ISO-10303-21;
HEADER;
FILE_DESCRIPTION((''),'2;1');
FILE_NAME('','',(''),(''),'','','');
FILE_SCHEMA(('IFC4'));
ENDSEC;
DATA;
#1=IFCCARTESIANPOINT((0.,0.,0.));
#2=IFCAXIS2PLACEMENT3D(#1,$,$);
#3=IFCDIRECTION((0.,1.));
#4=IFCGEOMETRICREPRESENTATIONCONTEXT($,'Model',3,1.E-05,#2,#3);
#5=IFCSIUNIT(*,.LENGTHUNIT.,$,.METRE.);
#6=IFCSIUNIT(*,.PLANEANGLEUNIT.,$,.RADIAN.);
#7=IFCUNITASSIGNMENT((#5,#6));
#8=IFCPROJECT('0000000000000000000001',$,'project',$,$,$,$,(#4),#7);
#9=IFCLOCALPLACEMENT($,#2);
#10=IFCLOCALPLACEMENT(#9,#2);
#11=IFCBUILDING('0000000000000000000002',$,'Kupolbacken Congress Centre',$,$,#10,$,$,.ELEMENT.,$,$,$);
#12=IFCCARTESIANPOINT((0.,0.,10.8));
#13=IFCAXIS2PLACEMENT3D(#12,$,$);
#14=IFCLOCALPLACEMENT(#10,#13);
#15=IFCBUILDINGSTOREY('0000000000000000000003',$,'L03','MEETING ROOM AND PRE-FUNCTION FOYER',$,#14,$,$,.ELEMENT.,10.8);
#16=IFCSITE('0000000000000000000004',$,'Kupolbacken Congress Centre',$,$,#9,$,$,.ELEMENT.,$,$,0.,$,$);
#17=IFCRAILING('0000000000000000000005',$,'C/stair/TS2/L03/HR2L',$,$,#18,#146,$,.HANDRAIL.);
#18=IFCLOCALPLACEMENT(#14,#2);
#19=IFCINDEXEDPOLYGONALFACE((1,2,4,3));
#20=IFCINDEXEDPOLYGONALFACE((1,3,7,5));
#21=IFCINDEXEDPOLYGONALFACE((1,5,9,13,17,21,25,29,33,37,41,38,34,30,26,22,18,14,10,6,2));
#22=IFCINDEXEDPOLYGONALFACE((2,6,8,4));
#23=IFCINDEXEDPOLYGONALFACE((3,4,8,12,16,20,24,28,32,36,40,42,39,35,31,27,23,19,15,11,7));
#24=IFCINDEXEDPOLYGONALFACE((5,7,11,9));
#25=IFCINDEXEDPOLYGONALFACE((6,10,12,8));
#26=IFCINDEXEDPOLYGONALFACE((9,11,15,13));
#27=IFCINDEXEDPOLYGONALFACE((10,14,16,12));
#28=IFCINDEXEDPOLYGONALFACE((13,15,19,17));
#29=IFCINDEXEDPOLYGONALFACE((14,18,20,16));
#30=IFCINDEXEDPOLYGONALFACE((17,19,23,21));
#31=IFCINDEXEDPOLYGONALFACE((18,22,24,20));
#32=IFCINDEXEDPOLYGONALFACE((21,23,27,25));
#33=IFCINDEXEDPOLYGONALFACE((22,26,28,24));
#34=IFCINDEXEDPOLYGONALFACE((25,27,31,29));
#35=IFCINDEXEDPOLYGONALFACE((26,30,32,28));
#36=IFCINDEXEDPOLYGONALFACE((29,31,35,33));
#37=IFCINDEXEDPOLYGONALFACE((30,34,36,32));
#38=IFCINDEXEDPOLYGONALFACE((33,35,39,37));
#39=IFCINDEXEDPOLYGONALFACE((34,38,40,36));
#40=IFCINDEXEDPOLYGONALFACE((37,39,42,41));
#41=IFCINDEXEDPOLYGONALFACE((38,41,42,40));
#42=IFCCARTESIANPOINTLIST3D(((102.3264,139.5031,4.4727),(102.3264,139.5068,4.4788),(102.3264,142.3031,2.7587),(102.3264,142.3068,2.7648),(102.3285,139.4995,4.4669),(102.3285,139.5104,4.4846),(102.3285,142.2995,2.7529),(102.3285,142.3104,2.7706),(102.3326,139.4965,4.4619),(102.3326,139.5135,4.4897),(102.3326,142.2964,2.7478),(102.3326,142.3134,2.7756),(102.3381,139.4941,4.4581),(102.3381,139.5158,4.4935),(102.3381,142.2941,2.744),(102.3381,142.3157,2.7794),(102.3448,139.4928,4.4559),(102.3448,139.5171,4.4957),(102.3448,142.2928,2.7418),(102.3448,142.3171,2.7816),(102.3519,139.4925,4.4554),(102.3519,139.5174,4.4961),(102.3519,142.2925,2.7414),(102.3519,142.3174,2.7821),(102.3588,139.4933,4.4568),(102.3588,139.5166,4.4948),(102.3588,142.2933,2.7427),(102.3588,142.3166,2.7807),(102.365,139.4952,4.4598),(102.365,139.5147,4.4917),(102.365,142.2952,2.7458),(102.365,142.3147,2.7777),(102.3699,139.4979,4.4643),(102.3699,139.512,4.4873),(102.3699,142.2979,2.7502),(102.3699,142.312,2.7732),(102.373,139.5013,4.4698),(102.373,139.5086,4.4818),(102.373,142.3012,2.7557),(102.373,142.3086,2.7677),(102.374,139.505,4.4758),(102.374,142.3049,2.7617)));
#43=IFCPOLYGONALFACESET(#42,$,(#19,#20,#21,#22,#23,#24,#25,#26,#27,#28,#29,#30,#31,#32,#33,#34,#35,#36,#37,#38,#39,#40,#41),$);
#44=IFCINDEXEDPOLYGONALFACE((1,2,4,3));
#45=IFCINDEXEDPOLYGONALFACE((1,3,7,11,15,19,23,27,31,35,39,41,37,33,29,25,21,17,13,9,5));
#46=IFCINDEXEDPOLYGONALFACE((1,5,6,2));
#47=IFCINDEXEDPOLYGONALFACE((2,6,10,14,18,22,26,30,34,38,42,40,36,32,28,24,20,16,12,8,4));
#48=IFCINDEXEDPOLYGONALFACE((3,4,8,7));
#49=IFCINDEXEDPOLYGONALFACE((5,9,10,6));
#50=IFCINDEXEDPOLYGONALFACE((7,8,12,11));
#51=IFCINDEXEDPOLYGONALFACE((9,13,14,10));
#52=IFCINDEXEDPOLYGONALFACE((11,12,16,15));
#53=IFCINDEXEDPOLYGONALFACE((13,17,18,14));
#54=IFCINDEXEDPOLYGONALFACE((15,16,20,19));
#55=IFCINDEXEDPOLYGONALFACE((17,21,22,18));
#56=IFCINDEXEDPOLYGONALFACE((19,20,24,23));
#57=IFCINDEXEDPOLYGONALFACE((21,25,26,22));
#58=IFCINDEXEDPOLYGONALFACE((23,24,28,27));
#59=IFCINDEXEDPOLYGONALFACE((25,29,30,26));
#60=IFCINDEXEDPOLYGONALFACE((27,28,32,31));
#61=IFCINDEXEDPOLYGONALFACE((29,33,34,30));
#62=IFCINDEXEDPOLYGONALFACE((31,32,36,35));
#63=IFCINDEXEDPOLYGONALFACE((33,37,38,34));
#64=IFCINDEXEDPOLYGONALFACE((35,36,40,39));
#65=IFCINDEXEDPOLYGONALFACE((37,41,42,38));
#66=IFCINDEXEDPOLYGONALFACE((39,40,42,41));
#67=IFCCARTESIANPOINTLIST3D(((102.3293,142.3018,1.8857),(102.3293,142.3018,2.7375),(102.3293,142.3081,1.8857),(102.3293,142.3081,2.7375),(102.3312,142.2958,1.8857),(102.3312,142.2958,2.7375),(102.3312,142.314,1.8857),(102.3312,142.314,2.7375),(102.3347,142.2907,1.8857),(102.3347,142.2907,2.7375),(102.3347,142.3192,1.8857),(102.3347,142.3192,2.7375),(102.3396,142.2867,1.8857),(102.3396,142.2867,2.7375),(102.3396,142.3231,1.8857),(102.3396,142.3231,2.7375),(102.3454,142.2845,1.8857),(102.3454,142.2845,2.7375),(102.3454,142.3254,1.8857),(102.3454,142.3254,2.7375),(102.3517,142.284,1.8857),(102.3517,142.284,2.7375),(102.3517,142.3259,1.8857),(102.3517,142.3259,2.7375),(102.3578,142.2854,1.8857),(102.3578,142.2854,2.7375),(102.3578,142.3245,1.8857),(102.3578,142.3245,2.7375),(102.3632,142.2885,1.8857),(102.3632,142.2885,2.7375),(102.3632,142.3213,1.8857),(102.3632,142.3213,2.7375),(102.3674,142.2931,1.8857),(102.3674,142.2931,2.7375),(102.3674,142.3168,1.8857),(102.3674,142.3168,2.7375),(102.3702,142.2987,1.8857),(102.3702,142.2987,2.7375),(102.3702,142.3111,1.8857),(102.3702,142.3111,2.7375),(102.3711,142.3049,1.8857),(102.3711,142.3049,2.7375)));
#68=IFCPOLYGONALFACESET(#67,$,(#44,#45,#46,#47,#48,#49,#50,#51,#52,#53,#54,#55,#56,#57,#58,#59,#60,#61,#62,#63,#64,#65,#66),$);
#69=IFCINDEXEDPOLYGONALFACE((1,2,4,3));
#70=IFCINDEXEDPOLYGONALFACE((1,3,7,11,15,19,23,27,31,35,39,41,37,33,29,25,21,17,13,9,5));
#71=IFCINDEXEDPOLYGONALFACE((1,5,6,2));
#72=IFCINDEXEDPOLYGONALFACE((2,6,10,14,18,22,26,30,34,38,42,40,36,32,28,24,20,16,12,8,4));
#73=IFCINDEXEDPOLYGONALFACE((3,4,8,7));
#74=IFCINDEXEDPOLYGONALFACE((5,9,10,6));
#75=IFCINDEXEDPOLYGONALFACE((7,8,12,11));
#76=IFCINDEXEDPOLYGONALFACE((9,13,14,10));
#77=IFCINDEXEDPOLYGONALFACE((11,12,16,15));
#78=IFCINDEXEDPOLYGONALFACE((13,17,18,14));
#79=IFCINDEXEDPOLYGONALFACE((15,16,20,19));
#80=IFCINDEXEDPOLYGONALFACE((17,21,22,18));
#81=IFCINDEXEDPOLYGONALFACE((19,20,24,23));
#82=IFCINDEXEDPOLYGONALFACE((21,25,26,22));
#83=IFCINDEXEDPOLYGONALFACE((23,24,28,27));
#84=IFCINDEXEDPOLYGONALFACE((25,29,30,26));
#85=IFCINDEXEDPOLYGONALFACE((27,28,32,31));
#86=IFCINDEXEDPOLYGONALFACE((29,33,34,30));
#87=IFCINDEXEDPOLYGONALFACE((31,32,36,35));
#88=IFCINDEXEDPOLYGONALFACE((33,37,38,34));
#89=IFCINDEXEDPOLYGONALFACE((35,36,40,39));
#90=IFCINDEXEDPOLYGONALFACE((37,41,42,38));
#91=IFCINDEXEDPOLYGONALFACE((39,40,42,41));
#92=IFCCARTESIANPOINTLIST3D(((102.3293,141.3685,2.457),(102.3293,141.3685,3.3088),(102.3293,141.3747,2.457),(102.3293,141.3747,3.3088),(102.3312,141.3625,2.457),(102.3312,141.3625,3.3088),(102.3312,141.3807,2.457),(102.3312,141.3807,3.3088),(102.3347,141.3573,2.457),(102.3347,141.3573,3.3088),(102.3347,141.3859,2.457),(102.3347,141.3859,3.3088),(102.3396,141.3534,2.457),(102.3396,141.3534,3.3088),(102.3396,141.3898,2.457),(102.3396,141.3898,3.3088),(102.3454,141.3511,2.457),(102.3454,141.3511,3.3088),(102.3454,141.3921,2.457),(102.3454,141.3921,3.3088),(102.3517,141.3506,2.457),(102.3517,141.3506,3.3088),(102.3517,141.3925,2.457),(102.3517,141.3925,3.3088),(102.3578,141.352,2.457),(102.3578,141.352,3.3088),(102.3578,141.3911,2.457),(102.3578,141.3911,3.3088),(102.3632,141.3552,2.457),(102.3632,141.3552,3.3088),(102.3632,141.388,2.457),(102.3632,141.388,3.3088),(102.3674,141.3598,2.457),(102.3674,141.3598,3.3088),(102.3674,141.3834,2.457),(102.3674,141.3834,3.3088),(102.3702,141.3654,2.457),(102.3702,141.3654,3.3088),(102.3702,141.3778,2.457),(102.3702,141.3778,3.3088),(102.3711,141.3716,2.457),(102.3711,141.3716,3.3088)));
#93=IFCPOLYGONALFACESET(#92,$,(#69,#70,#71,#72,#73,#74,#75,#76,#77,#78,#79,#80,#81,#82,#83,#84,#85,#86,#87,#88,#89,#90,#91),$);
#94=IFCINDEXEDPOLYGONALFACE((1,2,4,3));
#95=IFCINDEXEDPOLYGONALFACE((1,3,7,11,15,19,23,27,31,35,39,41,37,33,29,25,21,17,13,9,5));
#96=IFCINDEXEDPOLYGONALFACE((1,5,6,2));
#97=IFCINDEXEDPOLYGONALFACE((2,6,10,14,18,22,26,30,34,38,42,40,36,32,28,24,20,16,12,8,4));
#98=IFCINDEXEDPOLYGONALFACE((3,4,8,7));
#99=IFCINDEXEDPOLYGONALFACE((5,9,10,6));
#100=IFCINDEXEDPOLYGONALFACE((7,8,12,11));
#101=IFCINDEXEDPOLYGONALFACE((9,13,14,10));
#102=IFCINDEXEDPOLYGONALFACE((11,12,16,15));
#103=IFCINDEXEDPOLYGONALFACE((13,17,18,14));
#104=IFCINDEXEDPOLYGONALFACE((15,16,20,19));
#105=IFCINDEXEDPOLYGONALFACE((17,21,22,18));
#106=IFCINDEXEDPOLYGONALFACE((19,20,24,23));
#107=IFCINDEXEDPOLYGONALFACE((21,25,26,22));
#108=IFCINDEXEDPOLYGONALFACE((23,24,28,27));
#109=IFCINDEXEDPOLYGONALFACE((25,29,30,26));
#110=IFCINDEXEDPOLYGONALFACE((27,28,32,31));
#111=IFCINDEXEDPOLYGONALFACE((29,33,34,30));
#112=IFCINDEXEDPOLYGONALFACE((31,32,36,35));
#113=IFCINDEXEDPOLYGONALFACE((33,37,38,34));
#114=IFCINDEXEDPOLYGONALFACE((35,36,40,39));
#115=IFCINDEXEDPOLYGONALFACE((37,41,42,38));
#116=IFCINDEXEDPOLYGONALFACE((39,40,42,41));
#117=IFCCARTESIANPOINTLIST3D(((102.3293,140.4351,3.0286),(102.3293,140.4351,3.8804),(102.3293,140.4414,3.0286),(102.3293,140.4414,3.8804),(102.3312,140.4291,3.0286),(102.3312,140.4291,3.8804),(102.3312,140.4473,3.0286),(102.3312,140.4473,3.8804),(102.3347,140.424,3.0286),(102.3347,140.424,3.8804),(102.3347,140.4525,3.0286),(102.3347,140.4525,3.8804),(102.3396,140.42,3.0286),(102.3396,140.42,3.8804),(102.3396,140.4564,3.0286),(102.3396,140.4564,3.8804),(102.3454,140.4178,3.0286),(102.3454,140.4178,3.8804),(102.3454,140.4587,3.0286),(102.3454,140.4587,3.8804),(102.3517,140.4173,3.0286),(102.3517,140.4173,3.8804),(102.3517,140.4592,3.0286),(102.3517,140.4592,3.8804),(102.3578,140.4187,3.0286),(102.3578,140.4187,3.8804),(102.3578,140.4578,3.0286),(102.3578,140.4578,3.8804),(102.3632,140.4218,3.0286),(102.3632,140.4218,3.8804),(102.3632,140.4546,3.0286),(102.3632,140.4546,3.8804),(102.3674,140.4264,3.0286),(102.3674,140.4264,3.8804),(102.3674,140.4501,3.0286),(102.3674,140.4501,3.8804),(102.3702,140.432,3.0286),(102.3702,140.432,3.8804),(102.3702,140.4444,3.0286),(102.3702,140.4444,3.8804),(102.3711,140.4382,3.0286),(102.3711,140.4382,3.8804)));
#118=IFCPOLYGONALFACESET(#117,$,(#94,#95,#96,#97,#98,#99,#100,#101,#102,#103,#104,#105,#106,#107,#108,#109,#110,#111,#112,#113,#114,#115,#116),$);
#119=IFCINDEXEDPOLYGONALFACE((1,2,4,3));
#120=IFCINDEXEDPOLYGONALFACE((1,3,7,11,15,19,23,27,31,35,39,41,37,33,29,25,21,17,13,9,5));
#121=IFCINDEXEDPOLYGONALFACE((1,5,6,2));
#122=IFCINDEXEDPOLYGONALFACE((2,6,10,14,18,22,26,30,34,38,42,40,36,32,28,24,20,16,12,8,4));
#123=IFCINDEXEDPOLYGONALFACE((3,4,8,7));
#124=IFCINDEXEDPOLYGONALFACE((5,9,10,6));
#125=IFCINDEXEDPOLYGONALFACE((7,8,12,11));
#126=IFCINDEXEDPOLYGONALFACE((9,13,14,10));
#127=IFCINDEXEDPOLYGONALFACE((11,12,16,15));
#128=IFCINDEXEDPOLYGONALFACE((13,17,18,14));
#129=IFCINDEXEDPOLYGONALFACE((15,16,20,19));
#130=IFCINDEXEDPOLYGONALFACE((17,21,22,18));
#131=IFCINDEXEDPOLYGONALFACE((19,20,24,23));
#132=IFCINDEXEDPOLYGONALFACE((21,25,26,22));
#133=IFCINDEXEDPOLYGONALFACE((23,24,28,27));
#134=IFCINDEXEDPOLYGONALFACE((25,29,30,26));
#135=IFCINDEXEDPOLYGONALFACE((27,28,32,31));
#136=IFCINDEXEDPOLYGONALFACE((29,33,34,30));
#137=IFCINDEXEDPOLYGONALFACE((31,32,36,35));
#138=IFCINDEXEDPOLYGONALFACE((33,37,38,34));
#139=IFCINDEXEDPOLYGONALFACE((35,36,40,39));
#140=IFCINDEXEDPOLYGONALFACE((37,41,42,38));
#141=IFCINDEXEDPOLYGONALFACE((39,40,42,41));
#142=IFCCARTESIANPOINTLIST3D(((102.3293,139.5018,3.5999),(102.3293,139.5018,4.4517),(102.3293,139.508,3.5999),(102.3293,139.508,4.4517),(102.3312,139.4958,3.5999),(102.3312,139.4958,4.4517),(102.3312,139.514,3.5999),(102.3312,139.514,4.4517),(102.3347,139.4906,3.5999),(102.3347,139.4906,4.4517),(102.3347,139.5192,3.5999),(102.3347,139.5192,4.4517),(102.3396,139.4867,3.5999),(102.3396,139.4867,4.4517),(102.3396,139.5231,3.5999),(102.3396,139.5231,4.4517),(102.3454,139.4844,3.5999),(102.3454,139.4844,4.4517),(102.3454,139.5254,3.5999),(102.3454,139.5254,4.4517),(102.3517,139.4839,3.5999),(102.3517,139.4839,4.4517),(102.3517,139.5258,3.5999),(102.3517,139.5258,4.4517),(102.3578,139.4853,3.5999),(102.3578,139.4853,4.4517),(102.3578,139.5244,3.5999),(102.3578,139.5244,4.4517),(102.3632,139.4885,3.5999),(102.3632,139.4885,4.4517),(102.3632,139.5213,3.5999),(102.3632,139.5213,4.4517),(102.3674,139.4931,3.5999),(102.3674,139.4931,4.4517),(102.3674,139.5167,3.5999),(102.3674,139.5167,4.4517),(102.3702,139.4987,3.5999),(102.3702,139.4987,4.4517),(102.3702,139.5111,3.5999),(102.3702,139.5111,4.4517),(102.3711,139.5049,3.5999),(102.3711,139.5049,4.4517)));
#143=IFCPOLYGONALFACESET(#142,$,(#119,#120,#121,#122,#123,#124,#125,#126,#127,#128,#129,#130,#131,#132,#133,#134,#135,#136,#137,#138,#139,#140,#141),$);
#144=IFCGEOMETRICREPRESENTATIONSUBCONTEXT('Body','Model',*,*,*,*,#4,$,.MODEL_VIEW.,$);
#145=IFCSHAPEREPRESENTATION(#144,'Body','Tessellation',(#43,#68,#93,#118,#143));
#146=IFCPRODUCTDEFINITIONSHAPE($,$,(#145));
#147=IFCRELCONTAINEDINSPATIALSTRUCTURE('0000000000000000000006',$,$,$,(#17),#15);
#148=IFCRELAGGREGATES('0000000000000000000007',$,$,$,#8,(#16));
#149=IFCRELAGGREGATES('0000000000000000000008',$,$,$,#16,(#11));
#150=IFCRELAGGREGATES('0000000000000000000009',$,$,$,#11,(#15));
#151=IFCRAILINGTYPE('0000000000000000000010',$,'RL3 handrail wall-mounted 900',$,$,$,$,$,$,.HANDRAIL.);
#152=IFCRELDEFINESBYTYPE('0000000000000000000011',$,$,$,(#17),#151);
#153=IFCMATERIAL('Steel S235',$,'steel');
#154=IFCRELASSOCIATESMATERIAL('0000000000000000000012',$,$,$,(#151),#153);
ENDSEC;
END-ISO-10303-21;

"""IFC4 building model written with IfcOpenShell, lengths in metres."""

from ifc_helpers import new_model, si_unit, direction, frame, origin, origin_2d, place, context, subcontext, project, spatial, circle, extrude, material, type_object, element, save


model = new_model("IFC4")

# Units and contexts
model_context = context("Model", 3, precision=1e-05, world=origin(), true_north=direction((0.0, 1.0)))
body_context = subcontext(model_context, "Body", "Model", "MODEL_VIEW")
ifc_project = project(units=[si_unit("LENGTHUNIT", "METRE"), si_unit("PLANEANGLEUNIT", "RADIAN")], contexts=[model_context])

# Site, building, storey
site_placement = place(None, origin())
site = spatial("IfcSite", under=ifc_project, at=site_placement, Name="Kupolbacken Congress Centre", CompositionType="ELEMENT", RefElevation=0.0)
building_placement = place(site_placement, origin())
building = spatial("IfcBuilding", under=site, at=building_placement, Name="Kupolbacken Congress Centre", CompositionType="ELEMENT")
storey_placement = place(building_placement, frame((0.0, 0.0, 10.8)))
storey = spatial("IfcBuildingStorey", under=building, at=storey_placement, Name="L03", Description="MEETING ROOM AND PRE-FUNCTION FOYER", CompositionType="ELEMENT", Elevation=10.8)

# Railing
ifc_material_1 = material(Name="Steel S235", Category="steel")
railing_type = type_object("IfcRailingType", Name="RL3 handrail wall-mounted 900", PredefinedType="HANDRAIL", material=ifc_material_1)
for number, where, name in (
    (1, (102.3501, 142.3049, 1.8857), "C/stair/TS2/L03/HR2L"),
):
    element("IfcRailing", number, at=place(storey_placement, frame(where)), inside=storey, type_object=railing_type, Name=name, PredefinedType="HANDRAIL", context=body_context, shape_type="SweptSolid", body=[
        extrude(circle(Radius=0.0239, at=origin_2d()), frame((0.0, 0.0, 0.876), z_axis=(0.0, -0.852879, 0.522109), x_axis=(1.0, 0.0, 0.0)), (0.0, 0.0, 1.0), 3.283),
        extrude(circle(Radius=0.021, at=origin_2d()), origin(), (0.0, 0.0, 1.0), 0.8518),
        extrude(circle(Radius=0.021, at=origin_2d()), frame((0.0, -0.9333, 0.5713)), (0.0, 0.0, 1.0), 0.8518),
        extrude(circle(Radius=0.021, at=origin_2d()), frame((0.0, -1.8667, 1.1428)), (0.0, 0.0, 1.0), 0.8518),
        extrude(circle(Radius=0.021, at=origin_2d()), frame((0.0, -2.8, 1.7141)), (0.0, 0.0, 1.0), 0.8518),
    ])

save(model, "model.ifc")
